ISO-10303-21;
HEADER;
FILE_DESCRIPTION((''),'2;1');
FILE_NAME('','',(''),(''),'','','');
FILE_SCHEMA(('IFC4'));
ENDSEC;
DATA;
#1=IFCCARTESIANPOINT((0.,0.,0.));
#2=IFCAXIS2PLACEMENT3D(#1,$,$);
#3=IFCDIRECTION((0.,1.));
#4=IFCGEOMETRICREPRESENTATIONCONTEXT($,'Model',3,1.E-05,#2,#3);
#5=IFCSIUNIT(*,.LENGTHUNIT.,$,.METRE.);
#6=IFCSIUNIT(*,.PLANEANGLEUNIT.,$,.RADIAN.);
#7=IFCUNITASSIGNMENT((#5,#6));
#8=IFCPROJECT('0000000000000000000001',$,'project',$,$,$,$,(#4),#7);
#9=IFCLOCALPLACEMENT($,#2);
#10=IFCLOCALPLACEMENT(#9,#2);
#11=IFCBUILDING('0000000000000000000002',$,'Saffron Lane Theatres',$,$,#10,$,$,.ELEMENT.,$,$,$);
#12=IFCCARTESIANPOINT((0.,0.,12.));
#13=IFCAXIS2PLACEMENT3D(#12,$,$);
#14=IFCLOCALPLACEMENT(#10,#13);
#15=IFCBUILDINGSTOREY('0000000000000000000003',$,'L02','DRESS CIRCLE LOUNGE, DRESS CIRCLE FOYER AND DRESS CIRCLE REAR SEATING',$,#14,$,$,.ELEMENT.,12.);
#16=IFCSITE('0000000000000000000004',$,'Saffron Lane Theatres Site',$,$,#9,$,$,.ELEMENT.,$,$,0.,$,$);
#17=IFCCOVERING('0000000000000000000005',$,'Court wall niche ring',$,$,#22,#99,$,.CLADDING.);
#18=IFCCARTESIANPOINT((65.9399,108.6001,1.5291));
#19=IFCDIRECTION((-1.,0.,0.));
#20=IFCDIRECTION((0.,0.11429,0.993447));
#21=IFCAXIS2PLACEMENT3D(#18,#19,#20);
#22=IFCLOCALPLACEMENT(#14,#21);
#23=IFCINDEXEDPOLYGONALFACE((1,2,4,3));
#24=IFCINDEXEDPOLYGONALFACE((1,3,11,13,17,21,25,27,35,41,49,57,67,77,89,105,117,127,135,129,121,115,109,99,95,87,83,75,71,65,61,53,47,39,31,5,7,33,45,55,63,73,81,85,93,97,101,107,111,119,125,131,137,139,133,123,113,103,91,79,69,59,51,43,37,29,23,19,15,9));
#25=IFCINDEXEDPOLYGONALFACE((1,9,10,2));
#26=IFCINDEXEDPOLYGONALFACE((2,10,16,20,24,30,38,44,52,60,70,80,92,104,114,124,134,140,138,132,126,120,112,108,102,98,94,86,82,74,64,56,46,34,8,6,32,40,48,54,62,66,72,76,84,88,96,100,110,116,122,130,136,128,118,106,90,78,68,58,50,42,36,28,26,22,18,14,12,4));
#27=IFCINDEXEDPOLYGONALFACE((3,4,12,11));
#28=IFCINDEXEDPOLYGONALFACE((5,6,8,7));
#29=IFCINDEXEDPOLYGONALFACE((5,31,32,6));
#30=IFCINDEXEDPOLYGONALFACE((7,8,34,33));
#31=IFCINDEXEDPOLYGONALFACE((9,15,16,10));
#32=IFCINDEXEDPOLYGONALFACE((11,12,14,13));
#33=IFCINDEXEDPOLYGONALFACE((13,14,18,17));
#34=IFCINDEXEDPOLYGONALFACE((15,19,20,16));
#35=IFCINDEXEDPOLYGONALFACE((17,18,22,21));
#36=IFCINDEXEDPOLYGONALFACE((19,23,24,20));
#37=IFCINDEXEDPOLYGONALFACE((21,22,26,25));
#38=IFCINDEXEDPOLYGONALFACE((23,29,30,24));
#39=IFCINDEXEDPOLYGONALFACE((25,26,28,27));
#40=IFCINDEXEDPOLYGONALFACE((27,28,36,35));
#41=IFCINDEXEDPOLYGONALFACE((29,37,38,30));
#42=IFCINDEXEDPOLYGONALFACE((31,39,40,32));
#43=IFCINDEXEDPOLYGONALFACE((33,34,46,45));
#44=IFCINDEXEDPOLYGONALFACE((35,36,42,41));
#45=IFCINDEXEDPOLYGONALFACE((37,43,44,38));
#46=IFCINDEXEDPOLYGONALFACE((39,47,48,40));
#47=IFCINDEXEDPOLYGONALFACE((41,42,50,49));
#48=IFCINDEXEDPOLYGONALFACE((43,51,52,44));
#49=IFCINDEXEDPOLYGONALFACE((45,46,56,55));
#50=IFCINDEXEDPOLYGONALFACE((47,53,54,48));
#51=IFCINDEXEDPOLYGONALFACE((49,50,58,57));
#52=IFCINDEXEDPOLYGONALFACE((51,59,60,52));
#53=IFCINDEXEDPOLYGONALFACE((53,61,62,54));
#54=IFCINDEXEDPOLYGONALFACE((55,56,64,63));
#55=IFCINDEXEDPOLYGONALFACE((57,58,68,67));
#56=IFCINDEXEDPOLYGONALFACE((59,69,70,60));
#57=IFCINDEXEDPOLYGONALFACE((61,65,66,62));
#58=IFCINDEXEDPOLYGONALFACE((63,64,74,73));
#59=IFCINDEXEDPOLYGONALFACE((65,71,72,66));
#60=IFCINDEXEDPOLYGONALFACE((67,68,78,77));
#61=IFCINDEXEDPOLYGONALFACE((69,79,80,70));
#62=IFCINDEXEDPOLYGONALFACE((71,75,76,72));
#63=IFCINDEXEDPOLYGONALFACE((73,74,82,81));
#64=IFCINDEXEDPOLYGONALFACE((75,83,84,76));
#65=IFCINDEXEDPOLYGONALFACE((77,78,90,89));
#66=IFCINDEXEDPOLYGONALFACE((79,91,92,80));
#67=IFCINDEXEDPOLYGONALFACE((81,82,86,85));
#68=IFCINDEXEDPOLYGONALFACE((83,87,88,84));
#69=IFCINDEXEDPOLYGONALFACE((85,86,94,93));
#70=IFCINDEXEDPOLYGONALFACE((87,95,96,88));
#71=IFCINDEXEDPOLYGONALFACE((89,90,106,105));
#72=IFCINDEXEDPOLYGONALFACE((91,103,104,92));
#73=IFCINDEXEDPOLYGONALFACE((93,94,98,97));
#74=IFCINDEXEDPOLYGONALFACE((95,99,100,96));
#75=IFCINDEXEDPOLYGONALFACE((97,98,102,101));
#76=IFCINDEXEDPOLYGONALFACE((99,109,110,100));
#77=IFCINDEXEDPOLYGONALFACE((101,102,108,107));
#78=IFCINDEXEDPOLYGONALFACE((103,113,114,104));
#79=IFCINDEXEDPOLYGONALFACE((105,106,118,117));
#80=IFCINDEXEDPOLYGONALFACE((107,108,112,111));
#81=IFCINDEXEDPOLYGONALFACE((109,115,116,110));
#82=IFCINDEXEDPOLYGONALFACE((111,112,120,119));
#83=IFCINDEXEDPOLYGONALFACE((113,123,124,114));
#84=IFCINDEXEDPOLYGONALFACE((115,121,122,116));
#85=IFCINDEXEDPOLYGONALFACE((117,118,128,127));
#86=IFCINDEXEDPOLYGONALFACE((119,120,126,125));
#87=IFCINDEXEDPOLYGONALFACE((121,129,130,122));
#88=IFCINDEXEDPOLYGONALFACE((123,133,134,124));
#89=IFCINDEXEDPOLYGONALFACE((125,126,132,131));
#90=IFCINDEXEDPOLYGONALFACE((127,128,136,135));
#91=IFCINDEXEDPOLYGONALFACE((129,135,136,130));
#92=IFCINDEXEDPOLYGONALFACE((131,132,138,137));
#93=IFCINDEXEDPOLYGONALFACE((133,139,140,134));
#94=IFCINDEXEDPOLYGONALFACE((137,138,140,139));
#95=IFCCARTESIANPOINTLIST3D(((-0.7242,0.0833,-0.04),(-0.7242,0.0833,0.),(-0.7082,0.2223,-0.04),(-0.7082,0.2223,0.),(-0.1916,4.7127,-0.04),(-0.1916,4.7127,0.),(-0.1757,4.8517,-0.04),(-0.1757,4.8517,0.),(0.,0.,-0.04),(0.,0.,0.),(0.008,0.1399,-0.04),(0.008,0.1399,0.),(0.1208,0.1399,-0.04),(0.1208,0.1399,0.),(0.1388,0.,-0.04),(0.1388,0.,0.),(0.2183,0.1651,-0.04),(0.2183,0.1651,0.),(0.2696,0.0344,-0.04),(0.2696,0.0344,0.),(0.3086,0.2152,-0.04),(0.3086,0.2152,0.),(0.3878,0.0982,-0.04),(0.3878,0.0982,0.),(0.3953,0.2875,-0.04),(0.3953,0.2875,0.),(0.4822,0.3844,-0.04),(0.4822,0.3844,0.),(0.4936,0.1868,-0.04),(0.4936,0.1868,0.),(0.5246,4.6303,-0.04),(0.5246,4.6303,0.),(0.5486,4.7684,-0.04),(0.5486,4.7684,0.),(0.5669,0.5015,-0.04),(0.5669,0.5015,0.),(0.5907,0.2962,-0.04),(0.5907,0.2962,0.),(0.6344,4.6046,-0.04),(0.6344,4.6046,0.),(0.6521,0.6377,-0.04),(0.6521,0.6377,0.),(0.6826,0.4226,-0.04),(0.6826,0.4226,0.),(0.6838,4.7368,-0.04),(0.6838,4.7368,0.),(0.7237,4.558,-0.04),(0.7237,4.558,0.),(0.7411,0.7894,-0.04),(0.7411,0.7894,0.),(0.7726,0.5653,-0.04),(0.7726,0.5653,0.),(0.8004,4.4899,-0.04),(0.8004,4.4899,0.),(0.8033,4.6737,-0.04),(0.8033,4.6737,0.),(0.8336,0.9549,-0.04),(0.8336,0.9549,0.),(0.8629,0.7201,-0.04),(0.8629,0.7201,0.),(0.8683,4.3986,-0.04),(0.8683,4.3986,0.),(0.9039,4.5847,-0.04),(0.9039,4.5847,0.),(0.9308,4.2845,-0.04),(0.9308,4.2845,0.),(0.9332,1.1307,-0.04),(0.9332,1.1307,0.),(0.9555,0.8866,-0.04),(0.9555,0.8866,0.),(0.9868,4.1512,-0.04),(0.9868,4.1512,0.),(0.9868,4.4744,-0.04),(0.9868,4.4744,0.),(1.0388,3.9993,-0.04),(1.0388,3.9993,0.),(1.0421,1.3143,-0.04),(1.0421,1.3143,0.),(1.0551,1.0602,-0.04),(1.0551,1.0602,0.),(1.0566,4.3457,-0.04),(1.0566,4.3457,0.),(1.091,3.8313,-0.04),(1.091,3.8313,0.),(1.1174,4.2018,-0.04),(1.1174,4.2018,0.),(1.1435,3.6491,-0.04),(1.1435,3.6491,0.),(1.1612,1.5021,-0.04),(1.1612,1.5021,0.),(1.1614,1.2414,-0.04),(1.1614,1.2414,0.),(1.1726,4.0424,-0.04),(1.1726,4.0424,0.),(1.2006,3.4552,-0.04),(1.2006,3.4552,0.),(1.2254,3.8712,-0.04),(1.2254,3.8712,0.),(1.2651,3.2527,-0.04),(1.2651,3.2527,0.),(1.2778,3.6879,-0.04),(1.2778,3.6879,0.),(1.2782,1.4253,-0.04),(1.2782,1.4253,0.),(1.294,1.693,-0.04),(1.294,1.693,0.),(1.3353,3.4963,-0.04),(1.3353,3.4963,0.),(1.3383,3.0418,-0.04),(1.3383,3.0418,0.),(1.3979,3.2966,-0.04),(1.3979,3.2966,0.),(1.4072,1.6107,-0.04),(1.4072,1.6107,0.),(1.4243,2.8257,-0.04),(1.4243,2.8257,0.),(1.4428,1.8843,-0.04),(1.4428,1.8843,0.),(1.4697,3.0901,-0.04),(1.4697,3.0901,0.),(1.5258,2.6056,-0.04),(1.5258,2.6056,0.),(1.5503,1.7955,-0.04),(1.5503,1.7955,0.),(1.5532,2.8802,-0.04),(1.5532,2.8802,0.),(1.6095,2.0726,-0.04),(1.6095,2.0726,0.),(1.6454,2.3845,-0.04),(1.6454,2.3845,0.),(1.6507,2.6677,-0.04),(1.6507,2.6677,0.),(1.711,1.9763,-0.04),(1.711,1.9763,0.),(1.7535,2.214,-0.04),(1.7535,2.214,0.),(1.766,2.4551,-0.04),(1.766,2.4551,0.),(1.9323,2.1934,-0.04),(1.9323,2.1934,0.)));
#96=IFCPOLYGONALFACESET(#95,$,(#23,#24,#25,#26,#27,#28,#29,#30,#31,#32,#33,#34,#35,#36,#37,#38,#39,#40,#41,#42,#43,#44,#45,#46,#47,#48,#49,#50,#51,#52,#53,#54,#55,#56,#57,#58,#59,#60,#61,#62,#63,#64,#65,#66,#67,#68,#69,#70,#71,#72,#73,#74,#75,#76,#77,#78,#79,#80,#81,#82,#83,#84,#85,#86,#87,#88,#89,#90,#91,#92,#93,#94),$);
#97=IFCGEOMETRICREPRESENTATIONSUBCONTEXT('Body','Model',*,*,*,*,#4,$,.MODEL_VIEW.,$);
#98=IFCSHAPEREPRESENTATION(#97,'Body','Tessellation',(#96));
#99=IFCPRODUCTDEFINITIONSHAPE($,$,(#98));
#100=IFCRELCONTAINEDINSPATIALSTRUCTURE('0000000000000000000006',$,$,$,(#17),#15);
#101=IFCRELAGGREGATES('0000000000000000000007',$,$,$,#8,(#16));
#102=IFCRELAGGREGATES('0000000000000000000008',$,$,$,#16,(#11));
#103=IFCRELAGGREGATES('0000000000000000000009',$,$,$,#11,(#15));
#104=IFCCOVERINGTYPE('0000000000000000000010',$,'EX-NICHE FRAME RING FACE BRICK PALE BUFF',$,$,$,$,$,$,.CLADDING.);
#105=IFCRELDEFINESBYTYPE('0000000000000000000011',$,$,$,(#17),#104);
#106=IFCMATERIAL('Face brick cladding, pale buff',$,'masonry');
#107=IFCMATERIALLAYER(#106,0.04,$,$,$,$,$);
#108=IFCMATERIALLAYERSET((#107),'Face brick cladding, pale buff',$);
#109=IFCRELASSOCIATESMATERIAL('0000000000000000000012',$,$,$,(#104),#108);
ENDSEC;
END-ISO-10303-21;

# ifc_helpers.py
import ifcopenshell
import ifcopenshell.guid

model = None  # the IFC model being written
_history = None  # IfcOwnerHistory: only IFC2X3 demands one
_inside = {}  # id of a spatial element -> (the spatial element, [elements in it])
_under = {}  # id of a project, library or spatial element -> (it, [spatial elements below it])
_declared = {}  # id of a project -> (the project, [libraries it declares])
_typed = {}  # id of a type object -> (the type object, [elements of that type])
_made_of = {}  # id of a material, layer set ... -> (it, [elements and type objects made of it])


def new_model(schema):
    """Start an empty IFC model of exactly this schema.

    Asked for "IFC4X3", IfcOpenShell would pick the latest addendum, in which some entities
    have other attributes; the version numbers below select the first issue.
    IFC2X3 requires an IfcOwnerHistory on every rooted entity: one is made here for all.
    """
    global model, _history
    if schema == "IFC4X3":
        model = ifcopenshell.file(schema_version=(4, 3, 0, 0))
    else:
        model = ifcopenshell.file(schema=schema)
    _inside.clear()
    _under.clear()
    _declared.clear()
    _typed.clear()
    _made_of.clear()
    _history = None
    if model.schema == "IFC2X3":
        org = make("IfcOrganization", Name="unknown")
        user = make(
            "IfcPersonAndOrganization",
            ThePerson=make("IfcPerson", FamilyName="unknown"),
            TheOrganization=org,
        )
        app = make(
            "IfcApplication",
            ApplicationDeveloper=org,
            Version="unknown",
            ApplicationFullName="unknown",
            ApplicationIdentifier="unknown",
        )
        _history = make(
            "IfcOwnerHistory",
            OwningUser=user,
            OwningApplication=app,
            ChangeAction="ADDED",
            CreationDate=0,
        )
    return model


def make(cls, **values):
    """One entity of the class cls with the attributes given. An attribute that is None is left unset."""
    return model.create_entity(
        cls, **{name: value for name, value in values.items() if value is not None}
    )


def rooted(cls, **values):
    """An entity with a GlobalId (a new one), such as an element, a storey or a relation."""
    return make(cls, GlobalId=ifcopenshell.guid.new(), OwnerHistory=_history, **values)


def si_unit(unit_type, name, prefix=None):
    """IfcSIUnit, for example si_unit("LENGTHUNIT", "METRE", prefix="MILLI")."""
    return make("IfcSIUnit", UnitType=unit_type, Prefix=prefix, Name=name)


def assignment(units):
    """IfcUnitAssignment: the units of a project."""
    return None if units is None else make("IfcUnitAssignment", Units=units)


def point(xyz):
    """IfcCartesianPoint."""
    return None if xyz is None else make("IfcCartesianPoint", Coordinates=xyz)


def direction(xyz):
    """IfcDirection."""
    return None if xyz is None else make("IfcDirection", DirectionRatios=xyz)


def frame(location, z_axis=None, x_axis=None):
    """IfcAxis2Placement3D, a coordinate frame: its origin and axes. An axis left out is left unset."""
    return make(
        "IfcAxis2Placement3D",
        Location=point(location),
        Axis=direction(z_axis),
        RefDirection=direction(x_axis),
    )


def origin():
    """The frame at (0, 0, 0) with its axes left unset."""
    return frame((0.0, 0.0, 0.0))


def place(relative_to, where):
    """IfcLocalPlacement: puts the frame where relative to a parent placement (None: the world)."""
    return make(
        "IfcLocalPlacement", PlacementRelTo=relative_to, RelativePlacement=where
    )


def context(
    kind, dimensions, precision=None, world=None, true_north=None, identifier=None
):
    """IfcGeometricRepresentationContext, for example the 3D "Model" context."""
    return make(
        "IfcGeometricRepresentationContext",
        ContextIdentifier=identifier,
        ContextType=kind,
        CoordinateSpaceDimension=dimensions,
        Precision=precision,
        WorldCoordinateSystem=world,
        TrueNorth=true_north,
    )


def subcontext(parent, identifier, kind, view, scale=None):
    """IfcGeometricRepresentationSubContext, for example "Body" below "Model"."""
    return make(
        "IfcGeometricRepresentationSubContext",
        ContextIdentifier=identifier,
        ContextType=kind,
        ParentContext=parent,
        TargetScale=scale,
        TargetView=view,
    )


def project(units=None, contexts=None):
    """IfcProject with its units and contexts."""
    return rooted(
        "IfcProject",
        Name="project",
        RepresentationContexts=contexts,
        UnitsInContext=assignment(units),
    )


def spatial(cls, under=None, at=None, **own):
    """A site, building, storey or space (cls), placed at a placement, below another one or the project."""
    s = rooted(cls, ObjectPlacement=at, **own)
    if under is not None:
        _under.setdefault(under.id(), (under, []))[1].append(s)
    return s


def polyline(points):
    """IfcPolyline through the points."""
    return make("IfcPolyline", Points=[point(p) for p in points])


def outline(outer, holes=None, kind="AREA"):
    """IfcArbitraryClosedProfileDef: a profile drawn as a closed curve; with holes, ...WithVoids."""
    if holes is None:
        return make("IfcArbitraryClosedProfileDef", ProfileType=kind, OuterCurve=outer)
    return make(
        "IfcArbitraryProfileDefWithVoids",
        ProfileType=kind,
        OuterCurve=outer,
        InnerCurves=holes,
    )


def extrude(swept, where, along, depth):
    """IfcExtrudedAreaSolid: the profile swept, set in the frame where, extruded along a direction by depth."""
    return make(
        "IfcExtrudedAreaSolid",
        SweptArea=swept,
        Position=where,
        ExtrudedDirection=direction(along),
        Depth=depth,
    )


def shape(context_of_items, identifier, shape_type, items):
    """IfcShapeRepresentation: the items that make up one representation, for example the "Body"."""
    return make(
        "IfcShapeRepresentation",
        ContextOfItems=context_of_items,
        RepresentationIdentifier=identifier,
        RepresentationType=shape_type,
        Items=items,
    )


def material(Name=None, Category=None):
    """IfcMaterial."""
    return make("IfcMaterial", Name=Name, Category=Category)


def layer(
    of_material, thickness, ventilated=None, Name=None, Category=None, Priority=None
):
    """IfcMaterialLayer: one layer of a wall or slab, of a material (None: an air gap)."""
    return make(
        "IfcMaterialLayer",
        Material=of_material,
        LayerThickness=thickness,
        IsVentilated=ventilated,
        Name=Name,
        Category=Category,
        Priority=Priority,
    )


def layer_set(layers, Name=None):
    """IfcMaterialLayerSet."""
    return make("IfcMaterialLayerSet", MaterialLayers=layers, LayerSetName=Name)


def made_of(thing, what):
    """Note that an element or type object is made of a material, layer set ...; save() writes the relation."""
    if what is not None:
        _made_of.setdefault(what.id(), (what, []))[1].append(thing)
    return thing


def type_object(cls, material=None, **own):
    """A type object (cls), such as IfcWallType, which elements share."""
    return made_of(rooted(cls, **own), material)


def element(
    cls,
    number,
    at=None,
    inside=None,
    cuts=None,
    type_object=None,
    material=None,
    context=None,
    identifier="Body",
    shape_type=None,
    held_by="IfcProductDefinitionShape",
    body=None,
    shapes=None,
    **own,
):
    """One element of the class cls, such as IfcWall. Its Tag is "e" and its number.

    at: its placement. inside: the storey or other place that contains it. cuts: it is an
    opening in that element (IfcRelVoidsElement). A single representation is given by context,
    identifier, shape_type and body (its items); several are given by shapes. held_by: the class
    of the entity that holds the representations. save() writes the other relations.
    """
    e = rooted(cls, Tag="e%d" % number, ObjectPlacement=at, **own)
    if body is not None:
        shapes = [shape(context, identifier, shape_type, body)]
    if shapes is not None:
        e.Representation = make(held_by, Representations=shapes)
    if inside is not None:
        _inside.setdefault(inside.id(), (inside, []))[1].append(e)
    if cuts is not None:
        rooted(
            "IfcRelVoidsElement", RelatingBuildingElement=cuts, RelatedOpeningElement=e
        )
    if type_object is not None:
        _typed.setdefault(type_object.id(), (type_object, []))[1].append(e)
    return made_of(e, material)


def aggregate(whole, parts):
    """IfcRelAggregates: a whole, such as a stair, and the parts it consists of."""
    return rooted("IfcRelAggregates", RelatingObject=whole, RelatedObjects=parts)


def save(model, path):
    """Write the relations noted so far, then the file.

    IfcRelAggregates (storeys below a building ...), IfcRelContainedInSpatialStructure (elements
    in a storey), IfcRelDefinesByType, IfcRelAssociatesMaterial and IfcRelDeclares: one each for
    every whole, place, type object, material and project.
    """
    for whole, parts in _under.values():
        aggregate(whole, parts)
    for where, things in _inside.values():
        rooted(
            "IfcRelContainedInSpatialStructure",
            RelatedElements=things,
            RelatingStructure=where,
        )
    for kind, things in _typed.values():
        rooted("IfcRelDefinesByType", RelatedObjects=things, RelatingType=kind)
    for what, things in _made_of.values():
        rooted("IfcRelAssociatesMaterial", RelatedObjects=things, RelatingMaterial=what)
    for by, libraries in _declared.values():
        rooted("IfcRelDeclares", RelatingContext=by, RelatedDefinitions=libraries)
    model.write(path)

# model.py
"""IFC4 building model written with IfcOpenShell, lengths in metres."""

from ifc_helpers import new_model, si_unit, direction, frame, origin, place, context, subcontext, project, spatial, polyline, outline, extrude, material, layer, layer_set, type_object, element, save


model = new_model("IFC4")

# Units and contexts
model_context = context("Model", 3, precision=1e-05, world=origin(), true_north=direction((0.0, 1.0)))
body_context = subcontext(model_context, "Body", "Model", "MODEL_VIEW")
ifc_project = project(units=[si_unit("LENGTHUNIT", "METRE"), si_unit("PLANEANGLEUNIT", "RADIAN")], contexts=[model_context])

# Site, building, storey
site_placement = place(None, origin())
site = spatial("IfcSite", under=ifc_project, at=site_placement, Name="Saffron Lane Theatres Site", CompositionType="ELEMENT", RefElevation=0.0)
building_placement = place(site_placement, origin())
building = spatial("IfcBuilding", under=site, at=building_placement, Name="Saffron Lane Theatres", CompositionType="ELEMENT")
storey_placement = place(building_placement, frame((0.0, 0.0, 12.0)))
storey = spatial("IfcBuildingStorey", under=building, at=storey_placement, Name="L02", Description="DRESS CIRCLE LOUNGE, DRESS CIRCLE FOYER AND DRESS CIRCLE REAR SEATING", CompositionType="ELEMENT", Elevation=12.0)

# Covering
ifc_material_1 = material(Name="Face brick cladding, pale buff", Category="masonry")
ifc_layer_1 = layer(ifc_material_1, 0.04)
ifc_layer_set_1 = layer_set([ifc_layer_1], Name="Face brick cladding, pale buff")
covering_type_1 = type_object("IfcCoveringType", Name="EX-NICHE FRAME RING FACE BRICK PALE BUFF", PredefinedType="CLADDING", material=ifc_layer_set_1)
covering_1_placement = place(storey_placement, frame((65.9399, 108.6001, 1.5291), z_axis=(-1.0, 0.0, 0.0), x_axis=(0.0, 0.11429, 0.993447)))
element("IfcCovering", 1, at=covering_1_placement, inside=storey, type_object=covering_type_1, Name="Court wall niche ring", PredefinedType="CLADDING", context=body_context, shape_type="SweptSolid", body=[
    extrude(outline(polyline([(0.0, 0.0), (0.1388, 0.0), (0.2696, 0.0344), (0.3878, 0.0982), (0.4936, 0.1868), (0.5907, 0.2962), (0.6826, 0.4226), (0.7726, 0.5653), (0.8629, 0.7201), (0.9555, 0.8866), (1.0551, 1.0602), (1.1614, 1.2414), (1.2782, 1.4253), (1.4072, 1.6107), (1.5503, 1.7955), (1.711, 1.9763), (1.9323, 2.1934), (1.766, 2.4551), (1.6507, 2.6677), (1.5532, 2.8802), (1.4697, 3.0901), (1.3979, 3.2966), (1.3353, 3.4963), (1.2778, 3.6879), (1.2254, 3.8712), (1.1726, 4.0424), (1.1174, 4.2018), (1.0566, 4.3457), (0.9868, 4.4744), (0.9039, 4.5847), (0.8033, 4.6737), (0.6838, 4.7368), (0.5486, 4.7684), (-0.1757, 4.8517), (-0.1916, 4.7127), (0.5246, 4.6303), (0.6344, 4.6046), (0.7237, 4.558), (0.8004, 4.4899), (0.8683, 4.3986), (0.9308, 4.2845), (0.9868, 4.1512), (1.0388, 3.9993), (1.091, 3.8313), (1.1435, 3.6491), (1.2006, 3.4552), (1.2651, 3.2527), (1.3383, 3.0418), (1.4243, 2.8257), (1.5258, 2.6056), (1.6454, 2.3845), (1.7535, 2.214), (1.6095, 2.0726), (1.4428, 1.8843), (1.294, 1.693), (1.1612, 1.5021), (1.0421, 1.3143), (0.9332, 1.1307), (0.8336, 0.9549), (0.7411, 0.7894), (0.6521, 0.6377), (0.5669, 0.5015), (0.4822, 0.3844), (0.3953, 0.2875), (0.3086, 0.2152), (0.2183, 0.1651), (0.1208, 0.1399), (0.008, 0.1399), (-0.7082, 0.2223), (-0.7242, 0.0833), (0.0, 0.0)])), origin(), (0.0, 0.0, -1.0), 0.04),
])

save(model, "model.ifc")
